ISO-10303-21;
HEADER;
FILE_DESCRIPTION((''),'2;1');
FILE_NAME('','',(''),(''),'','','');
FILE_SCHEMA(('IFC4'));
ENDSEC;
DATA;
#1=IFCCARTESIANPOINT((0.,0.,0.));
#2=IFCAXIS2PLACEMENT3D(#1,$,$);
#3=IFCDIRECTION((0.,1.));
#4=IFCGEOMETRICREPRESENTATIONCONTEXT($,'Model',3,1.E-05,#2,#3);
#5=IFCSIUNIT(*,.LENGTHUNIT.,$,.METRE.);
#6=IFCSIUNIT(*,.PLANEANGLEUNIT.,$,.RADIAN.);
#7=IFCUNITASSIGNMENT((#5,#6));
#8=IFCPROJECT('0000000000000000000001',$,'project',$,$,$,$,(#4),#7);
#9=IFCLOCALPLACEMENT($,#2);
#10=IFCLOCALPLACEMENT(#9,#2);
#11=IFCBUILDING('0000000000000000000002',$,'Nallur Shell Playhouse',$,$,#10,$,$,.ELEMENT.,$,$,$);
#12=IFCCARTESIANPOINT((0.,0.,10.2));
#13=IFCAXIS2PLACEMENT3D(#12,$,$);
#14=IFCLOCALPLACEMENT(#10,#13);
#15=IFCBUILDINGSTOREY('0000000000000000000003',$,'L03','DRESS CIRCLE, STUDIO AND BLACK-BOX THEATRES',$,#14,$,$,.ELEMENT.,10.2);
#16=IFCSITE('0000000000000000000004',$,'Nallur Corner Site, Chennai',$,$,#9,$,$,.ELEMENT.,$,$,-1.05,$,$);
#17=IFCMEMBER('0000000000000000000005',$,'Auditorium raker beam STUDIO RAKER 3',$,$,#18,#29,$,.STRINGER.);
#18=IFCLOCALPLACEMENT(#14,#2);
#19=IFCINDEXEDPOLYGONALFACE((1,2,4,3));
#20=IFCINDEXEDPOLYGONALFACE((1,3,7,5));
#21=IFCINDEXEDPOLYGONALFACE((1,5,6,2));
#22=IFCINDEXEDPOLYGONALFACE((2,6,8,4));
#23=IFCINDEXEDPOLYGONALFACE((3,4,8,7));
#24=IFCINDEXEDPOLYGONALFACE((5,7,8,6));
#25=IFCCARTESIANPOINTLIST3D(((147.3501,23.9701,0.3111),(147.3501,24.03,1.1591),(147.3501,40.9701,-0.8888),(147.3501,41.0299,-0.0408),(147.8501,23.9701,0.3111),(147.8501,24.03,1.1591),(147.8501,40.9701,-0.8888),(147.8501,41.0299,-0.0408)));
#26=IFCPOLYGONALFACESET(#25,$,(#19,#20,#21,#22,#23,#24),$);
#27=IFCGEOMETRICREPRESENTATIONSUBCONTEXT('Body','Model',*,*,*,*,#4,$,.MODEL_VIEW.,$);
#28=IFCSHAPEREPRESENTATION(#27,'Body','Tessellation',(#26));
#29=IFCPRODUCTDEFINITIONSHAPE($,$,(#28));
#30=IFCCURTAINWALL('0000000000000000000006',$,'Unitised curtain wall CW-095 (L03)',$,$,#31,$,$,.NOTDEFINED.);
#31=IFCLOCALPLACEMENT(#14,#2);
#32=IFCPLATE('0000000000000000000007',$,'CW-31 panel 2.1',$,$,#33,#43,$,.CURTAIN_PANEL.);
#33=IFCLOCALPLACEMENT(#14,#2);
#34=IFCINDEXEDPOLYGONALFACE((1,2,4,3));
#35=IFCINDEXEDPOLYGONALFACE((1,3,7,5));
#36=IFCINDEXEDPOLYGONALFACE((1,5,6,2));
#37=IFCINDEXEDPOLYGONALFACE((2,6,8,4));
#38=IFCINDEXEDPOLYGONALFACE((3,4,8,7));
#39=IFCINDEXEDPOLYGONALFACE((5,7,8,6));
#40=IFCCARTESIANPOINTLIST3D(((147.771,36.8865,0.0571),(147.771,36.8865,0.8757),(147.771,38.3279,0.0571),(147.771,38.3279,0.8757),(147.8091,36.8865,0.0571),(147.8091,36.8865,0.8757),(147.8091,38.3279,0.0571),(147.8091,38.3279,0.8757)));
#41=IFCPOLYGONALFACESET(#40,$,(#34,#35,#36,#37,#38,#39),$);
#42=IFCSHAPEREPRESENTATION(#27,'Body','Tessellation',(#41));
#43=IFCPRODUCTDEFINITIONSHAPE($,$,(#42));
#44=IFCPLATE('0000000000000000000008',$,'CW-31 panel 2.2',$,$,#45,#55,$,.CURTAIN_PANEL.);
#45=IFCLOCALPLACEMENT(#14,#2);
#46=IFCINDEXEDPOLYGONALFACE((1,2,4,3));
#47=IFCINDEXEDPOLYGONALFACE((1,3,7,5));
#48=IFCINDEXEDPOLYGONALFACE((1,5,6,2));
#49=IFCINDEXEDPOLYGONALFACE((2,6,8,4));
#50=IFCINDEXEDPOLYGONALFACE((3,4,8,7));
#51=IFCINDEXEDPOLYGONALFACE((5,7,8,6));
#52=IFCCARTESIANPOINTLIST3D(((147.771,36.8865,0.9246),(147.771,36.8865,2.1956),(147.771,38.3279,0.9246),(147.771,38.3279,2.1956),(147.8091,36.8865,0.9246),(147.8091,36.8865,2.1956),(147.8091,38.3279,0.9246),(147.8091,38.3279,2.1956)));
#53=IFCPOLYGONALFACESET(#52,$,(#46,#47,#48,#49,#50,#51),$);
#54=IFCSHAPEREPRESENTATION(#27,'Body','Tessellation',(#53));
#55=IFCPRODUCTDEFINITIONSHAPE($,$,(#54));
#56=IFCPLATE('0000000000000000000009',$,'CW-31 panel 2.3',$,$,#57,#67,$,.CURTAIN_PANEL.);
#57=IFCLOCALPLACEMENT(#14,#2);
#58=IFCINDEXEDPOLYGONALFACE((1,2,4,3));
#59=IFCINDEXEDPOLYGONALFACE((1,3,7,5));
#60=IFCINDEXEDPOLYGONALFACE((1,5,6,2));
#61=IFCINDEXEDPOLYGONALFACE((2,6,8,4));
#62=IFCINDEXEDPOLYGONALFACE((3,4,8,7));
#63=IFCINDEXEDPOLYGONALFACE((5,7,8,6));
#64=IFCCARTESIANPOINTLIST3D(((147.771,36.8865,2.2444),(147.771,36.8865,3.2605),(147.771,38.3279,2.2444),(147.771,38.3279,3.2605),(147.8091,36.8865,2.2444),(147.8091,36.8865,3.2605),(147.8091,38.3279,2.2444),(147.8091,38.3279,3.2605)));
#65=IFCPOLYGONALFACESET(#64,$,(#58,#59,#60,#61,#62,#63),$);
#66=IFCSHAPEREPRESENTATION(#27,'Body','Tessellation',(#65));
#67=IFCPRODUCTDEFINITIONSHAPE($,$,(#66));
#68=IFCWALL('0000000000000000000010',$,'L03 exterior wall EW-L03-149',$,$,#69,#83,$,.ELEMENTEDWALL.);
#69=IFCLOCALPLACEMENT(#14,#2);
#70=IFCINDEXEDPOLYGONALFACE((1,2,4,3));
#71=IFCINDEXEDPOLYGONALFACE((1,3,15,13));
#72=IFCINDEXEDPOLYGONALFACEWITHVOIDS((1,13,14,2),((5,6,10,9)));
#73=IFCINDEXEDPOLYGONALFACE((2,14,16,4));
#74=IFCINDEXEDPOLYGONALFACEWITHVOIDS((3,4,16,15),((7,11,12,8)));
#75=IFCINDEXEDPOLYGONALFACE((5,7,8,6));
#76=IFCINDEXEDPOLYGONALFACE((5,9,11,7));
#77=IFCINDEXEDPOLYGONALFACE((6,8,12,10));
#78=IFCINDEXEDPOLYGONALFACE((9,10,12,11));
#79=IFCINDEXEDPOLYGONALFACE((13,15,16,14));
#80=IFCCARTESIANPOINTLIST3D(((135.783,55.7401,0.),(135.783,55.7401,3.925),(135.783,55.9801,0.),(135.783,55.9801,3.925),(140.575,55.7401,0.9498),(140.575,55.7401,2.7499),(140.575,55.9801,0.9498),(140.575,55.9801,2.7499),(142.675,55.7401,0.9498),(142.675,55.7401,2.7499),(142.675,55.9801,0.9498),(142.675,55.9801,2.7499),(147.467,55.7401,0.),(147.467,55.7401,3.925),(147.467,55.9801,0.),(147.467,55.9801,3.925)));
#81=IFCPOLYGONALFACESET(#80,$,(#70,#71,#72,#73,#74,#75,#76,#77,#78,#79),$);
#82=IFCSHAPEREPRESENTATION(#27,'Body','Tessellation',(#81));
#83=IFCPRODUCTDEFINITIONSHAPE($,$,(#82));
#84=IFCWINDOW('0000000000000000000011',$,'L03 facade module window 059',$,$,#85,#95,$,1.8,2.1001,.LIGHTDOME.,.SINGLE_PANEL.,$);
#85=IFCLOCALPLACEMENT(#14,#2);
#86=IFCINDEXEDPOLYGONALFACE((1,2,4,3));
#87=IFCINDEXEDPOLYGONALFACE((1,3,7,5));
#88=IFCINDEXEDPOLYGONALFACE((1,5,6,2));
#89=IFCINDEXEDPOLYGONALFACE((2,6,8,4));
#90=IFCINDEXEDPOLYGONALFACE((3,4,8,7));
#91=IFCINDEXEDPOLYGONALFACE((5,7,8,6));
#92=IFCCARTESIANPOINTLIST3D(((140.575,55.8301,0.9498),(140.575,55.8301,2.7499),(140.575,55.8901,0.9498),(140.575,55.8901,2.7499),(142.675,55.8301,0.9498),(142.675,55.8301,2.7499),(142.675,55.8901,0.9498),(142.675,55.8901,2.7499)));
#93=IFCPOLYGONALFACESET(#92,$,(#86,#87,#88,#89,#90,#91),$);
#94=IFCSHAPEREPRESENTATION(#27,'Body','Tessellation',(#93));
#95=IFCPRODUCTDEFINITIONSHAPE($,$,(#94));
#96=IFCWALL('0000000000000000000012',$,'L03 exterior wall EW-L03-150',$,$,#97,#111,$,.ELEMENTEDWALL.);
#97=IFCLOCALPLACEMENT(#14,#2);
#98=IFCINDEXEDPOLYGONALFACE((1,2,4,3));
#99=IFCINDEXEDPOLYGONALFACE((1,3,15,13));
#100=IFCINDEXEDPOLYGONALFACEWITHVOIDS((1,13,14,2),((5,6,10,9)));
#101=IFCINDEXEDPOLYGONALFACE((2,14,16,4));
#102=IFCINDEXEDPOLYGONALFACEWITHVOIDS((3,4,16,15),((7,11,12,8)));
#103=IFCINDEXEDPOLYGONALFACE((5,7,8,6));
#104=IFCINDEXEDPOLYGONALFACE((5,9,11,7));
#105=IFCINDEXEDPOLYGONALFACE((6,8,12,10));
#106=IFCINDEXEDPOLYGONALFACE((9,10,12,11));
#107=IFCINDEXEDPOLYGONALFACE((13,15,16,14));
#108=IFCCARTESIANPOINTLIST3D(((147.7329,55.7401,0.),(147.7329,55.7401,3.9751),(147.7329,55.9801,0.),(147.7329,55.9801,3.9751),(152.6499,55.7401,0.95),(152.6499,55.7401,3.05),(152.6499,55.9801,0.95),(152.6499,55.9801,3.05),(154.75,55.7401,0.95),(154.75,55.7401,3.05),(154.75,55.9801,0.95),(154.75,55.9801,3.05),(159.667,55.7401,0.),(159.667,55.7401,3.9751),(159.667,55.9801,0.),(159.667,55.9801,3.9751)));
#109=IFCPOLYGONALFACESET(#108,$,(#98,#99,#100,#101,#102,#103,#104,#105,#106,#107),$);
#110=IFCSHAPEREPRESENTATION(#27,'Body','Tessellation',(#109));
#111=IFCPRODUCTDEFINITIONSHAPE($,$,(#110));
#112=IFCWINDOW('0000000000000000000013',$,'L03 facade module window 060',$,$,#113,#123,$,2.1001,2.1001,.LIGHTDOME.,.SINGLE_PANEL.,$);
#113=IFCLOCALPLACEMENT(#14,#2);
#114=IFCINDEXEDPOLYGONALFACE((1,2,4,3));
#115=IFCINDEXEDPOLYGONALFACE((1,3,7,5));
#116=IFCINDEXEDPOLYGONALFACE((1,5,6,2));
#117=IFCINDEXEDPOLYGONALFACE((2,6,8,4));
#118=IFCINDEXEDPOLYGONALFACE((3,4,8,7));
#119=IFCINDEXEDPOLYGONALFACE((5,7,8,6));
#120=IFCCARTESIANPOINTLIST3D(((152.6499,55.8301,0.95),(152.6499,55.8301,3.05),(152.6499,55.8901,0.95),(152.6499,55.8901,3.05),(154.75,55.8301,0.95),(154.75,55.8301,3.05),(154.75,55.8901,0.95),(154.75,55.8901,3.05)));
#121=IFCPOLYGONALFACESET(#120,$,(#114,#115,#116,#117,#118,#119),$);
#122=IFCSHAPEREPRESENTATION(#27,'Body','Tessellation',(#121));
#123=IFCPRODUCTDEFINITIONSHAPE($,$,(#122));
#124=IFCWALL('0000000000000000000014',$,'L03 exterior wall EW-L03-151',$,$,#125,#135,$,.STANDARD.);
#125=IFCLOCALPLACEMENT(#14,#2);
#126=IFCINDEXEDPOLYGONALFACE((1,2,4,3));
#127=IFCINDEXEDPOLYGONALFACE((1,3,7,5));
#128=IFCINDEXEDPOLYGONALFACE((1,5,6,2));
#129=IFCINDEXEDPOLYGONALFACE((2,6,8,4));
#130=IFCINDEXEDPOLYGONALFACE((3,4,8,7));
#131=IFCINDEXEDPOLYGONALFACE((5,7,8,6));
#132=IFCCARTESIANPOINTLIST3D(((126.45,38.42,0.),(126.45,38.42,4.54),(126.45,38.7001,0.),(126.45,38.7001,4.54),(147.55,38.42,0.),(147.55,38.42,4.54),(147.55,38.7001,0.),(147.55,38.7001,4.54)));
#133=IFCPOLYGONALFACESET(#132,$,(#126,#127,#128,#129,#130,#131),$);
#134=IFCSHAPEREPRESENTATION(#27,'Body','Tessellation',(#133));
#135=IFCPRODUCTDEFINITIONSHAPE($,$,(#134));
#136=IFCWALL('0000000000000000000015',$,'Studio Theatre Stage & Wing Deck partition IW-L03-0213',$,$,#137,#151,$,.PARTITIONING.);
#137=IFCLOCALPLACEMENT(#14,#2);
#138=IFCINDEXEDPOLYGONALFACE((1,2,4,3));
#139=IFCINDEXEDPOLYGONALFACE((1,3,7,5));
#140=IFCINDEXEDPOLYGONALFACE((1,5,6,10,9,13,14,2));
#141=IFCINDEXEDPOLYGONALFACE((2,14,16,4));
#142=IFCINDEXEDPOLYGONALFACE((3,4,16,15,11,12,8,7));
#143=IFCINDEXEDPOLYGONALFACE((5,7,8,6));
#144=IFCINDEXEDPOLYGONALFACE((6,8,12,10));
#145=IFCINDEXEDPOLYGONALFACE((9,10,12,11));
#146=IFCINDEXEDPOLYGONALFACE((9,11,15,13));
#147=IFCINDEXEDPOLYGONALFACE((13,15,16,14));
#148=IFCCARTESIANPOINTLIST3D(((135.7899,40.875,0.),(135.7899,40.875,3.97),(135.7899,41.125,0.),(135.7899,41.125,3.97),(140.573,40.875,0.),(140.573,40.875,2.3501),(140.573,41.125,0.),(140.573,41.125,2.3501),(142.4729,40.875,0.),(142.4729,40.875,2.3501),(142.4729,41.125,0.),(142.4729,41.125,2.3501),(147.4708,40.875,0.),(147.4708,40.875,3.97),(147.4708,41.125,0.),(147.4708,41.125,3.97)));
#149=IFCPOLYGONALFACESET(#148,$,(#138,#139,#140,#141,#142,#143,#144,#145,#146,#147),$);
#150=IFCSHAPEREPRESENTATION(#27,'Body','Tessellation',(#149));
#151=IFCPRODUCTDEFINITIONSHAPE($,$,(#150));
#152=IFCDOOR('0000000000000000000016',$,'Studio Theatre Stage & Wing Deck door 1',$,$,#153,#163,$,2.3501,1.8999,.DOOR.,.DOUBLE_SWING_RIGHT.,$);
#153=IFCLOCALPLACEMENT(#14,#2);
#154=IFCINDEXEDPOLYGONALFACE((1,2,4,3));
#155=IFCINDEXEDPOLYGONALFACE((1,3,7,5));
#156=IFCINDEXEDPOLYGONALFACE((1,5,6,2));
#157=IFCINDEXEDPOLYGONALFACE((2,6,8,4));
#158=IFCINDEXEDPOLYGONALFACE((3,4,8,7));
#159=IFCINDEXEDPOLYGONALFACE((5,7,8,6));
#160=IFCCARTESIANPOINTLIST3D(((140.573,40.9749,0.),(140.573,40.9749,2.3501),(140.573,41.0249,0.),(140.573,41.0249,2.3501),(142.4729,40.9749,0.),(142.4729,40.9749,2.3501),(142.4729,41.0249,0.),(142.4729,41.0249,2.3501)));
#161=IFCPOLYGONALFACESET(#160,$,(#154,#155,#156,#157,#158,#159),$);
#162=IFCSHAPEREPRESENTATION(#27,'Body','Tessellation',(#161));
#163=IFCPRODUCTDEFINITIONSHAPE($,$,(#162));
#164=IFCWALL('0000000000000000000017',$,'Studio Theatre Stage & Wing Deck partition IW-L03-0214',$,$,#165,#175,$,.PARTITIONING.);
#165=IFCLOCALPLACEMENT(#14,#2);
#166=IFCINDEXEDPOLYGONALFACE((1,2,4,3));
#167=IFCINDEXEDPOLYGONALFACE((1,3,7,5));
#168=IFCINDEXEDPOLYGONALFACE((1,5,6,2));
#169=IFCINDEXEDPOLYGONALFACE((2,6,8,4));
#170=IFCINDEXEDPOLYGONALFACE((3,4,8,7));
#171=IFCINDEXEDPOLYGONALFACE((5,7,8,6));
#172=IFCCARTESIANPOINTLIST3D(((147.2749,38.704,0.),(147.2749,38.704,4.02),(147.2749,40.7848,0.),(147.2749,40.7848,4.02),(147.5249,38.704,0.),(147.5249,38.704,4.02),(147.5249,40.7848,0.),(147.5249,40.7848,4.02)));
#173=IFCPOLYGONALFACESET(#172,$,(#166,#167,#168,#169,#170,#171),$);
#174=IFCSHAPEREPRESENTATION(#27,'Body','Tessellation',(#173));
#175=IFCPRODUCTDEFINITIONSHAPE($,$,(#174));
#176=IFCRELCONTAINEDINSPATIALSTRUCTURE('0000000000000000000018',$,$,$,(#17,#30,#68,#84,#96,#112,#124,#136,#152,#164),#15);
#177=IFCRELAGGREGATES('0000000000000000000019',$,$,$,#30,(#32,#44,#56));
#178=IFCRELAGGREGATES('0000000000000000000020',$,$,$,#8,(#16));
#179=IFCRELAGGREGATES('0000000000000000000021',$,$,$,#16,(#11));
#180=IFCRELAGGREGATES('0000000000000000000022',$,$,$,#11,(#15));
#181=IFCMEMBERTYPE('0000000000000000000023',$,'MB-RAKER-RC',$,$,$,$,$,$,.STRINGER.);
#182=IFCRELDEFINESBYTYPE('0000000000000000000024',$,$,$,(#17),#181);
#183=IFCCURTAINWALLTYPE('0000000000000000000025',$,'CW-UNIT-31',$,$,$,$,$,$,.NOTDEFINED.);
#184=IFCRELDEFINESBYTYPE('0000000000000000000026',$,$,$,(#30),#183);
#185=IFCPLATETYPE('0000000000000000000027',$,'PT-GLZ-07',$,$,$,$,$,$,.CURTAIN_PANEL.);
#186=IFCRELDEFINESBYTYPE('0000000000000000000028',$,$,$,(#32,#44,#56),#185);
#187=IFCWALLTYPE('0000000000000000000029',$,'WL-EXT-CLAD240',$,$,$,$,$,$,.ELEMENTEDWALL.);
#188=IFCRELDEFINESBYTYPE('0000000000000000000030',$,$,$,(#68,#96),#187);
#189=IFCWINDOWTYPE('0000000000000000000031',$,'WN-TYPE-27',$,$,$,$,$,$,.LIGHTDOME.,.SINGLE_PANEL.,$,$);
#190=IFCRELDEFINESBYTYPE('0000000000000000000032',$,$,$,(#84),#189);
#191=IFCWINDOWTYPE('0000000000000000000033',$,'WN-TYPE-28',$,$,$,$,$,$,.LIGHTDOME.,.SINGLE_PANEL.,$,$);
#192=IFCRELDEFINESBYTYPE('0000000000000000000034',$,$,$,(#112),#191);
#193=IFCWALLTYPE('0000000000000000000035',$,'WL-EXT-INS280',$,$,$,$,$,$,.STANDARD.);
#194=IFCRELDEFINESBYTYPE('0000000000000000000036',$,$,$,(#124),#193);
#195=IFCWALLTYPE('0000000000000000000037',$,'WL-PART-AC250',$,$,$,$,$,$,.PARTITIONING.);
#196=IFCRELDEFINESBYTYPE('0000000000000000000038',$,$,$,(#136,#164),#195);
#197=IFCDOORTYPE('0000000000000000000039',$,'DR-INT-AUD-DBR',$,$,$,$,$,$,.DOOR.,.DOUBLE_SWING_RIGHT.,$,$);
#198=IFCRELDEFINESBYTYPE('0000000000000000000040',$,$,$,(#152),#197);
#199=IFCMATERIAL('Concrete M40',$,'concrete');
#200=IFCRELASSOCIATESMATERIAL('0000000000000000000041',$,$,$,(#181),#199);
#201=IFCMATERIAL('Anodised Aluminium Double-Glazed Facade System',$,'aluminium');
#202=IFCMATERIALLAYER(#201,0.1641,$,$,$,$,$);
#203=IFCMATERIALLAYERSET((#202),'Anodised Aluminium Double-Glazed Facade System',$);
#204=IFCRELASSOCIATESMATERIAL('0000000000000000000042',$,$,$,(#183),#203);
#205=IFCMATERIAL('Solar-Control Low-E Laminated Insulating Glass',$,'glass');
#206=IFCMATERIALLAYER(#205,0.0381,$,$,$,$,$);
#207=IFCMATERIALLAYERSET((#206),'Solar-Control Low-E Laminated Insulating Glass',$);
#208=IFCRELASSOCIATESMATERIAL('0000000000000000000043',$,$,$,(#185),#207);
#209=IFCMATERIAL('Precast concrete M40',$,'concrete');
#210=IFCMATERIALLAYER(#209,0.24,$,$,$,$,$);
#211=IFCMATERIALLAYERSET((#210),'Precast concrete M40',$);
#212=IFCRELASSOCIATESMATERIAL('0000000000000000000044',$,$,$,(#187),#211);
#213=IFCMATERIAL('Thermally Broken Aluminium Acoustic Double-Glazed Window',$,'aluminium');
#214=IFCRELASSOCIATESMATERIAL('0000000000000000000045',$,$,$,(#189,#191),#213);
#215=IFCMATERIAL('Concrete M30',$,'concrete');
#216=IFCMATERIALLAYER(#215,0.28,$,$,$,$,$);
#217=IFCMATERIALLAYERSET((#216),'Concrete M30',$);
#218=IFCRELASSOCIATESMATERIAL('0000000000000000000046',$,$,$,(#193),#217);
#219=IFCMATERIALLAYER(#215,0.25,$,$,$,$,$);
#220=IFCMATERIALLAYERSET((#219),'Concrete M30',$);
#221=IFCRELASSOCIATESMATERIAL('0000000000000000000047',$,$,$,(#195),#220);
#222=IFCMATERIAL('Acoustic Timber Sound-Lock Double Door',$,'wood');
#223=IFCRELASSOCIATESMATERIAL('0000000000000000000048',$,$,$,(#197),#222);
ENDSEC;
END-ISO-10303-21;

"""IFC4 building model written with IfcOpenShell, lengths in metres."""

from ifc_helpers import new_model, si_unit, direction, frame, frame_2d, origin, origin_2d, place, context, subcontext, project, spatial, rectangle, extrude, material, layer, layer_set, material_profile, profile_set, type_object, element, fill, aggregate, save


model = new_model("IFC4")

# Units and contexts
model_context = context("Model", 3, precision=1e-05, world=origin(), true_north=direction((0.0, 1.0)))
body_context = subcontext(model_context, "Body", "Model", "MODEL_VIEW")
ifc_project = project(units=[si_unit("LENGTHUNIT", "METRE"), si_unit("PLANEANGLEUNIT", "RADIAN")], contexts=[model_context])

# Site, building, storey
site_placement = place(None, origin())
site = spatial("IfcSite", under=ifc_project, at=site_placement, Name="Nallur Corner Site, Chennai", CompositionType="ELEMENT", RefElevation=-1.05)
building_placement = place(site_placement, origin())
building = spatial("IfcBuilding", under=site, at=building_placement, Name="Nallur Shell Playhouse", CompositionType="ELEMENT")
storey_placement = place(building_placement, frame((0.0, 0.0, 10.2)))
storey = spatial("IfcBuildingStorey", under=building, at=storey_placement, Name="L03", Description="DRESS CIRCLE, STUDIO AND BLACK-BOX THEATRES", CompositionType="ELEMENT", Elevation=10.2)

# Member
ifc_material_1 = material(Name="Concrete M40", Category="concrete")
ifc_material_profile_1 = material_profile(ifc_material_1, rectangle(XDim=0.5, YDim=0.8501, at=origin_2d()), Name="RC 500x850")
ifc_profile_set_1 = profile_set([ifc_material_profile_1], Name="Concrete M40")
member_type = type_object("IfcMemberType", Name="MB-RAKER-RC", PredefinedType="STRINGER", material=ifc_profile_set_1)
member_placement = place(storey_placement, frame((147.6001, 41.0, -0.4648), z_axis=(0.0, -0.997518, 0.07041), x_axis=(1.0, 0.0, 0.0)))
element("IfcMember", 1, at=member_placement, inside=storey, type_object=member_type, Name="Auditorium raker beam STUDIO RAKER 3", PredefinedType="STRINGER", context=body_context, shape_type="SweptSolid", body=[
    extrude(rectangle(XDim=0.5, YDim=0.8501, at=origin_2d()), origin(), (0.0, 0.0, 1.0), 17.0422),
])

# Curtain wall, plates
ifc_material_2 = material(Name="Anodised Aluminium Double-Glazed Facade System", Category="aluminium")
ifc_layer_1 = layer(ifc_material_2, 0.1641)
ifc_layer_set_1 = layer_set([ifc_layer_1], Name="Anodised Aluminium Double-Glazed Facade System")
curtain_wall_type = type_object("IfcCurtainWallType", Name="CW-UNIT-31", PredefinedType="NOTDEFINED", material=ifc_layer_set_1)
curtain_wall_placement = place(storey_placement, origin())
curtain_wall = element("IfcCurtainWall", 2, at=curtain_wall_placement, inside=storey, type_object=curtain_wall_type, Name="Unitised curtain wall CW-095 (L03)", PredefinedType="NOTDEFINED")
ifc_material_3 = material(Name="Solar-Control Low-E Laminated Insulating Glass", Category="glass")
ifc_layer_2 = layer(ifc_material_3, 0.0381)
ifc_layer_set_2 = layer_set([ifc_layer_2], Name="Solar-Control Low-E Laminated Insulating Glass")
plate_type = type_object("IfcPlateType", Name="PT-GLZ-07", PredefinedType="CURTAIN_PANEL", material=ifc_layer_set_2)
plate_1_placement = place(storey_placement, frame((147.79, 37.6072, 0.0571), z_axis=(0.0, 0.0, 1.0), x_axis=(0.0, 1.0, 0.0)))
plate_1 = element("IfcPlate", 3, at=plate_1_placement, type_object=plate_type, Name="CW-31 panel 2.1", PredefinedType="CURTAIN_PANEL", context=body_context, shape_type="SweptSolid", body=[
    extrude(rectangle(XDim=1.4414, YDim=0.0381, at=origin_2d()), origin(), (0.0, 0.0, 1.0), 0.8186),
])
plate_2_placement = place(storey_placement, frame((147.79, 37.6072, 0.9246), z_axis=(0.0, 0.0, 1.0), x_axis=(0.0, 1.0, 0.0)))
plate_2 = element("IfcPlate", 4, at=plate_2_placement, type_object=plate_type, Name="CW-31 panel 2.2", PredefinedType="CURTAIN_PANEL", context=body_context, shape_type="SweptSolid", body=[
    extrude(rectangle(XDim=1.4414, YDim=0.0381, at=origin_2d()), origin(), (0.0, 0.0, 1.0), 1.271),
])
plate_3_placement = place(storey_placement, frame((147.79, 37.6072, 2.2444), z_axis=(0.0, 0.0, 1.0), x_axis=(0.0, 1.0, 0.0)))
plate_3 = element("IfcPlate", 5, at=plate_3_placement, type_object=plate_type, Name="CW-31 panel 2.3", PredefinedType="CURTAIN_PANEL", context=body_context, shape_type="SweptSolid", body=[
    extrude(rectangle(XDim=1.4414, YDim=0.0381, at=origin_2d()), origin(), (0.0, 0.0, 1.0), 1.0161),
])
aggregate(curtain_wall, [plate_1, plate_2, plate_3])

# Walls, openings, windows
ifc_material_4 = material(Name="Precast concrete M40", Category="concrete")
ifc_layer_3 = layer(ifc_material_4, 0.24)
ifc_layer_set_3 = layer_set([ifc_layer_3], Name="Precast concrete M40")
wall_type_1 = type_object("IfcWallType", Name="WL-EXT-CLAD240", PredefinedType="ELEMENTEDWALL", material=ifc_layer_set_3)
wall_1_placement = place(storey_placement, frame((135.783, 55.8601, 0.0), z_axis=(0.0, 0.0, 1.0), x_axis=(1.0, 0.0, 0.0)))
wall_1 = element("IfcWall", 6, at=wall_1_placement, inside=storey, type_object=wall_type_1, Name="L03 exterior wall EW-L03-149", PredefinedType="ELEMENTEDWALL", context=body_context, shape_type="SweptSolid", body=[
    extrude(rectangle(XDim=11.6841, YDim=0.24, at=frame_2d((5.842, 0.0))), origin(), (0.0, 0.0, 1.0), 3.925),
])
opening_1_placement = place(wall_1_placement, frame((4.792, 0.0, 0.95)))
opening_1 = element("IfcOpeningElement", 7, at=opening_1_placement, cuts=wall_1, PredefinedType="OPENING", context=body_context, shape_type="SweptSolid", body=[
    extrude(rectangle(XDim=2.1001, YDim=1.8, at=frame_2d((1.05, 0.8999))), frame((0.0, 0.1299, 0.0), z_axis=(0.0, -1.0, 0.0), x_axis=(1.0, 0.0, 0.0)), (0.0, 0.0, 1.0), 0.26),
])
ifc_material_5 = material(Name="Thermally Broken Aluminium Acoustic Double-Glazed Window", Category="aluminium")
window_type_1 = type_object("IfcWindowType", Name="WN-TYPE-27", PartitioningType="SINGLE_PANEL", PredefinedType="LIGHTDOME", material=ifc_material_5)
window_1_placement = place(opening_1_placement, origin())
window_1 = element("IfcWindow", 8, at=window_1_placement, inside=storey, type_object=window_type_1, Name="L03 facade module window 059", OverallHeight=1.8, OverallWidth=2.1001, PartitioningType="SINGLE_PANEL", PredefinedType="LIGHTDOME", context=body_context, shape_type="SweptSolid", body=[
    extrude(rectangle(XDim=2.1001, YDim=1.8, at=frame_2d((1.05, 0.8999))), frame((0.0, 0.03, 0.0), z_axis=(0.0, -1.0, 0.0), x_axis=(1.0, 0.0, 0.0)), (0.0, 0.0, 1.0), 0.0601),
])
fill(opening_1, window_1)
wall_2_placement = place(storey_placement, frame((147.7329, 55.8601, 0.0), z_axis=(0.0, 0.0, 1.0), x_axis=(1.0, 0.0, 0.0)))
wall_2 = element("IfcWall", 9, at=wall_2_placement, inside=storey, type_object=wall_type_1, Name="L03 exterior wall EW-L03-150", PredefinedType="ELEMENTEDWALL", context=body_context, shape_type="SweptSolid", body=[
    extrude(rectangle(XDim=11.9341, YDim=0.24, at=frame_2d((5.967, 0.0))), origin(), (0.0, 0.0, 1.0), 3.9751),
])
opening_2_placement = place(wall_2_placement, frame((4.917, 0.0, 0.95)))
opening_2 = element("IfcOpeningElement", 10, at=opening_2_placement, cuts=wall_2, PredefinedType="OPENING", context=body_context, shape_type="SweptSolid", body=[
    extrude(rectangle(XDim=2.1001, YDim=2.1001, at=frame_2d((1.05, 1.05))), frame((0.0, 0.1299, 0.0), z_axis=(0.0, -1.0, 0.0), x_axis=(1.0, 0.0, 0.0)), (0.0, 0.0, 1.0), 0.26),
])
window_type_2 = type_object("IfcWindowType", Name="WN-TYPE-28", PartitioningType="SINGLE_PANEL", PredefinedType="LIGHTDOME", material=ifc_material_5)
window_2_placement = place(opening_2_placement, origin())
window_2 = element("IfcWindow", 11, at=window_2_placement, inside=storey, type_object=window_type_2, Name="L03 facade module window 060", OverallHeight=2.1001, OverallWidth=2.1001, PartitioningType="SINGLE_PANEL", PredefinedType="LIGHTDOME", context=body_context, shape_type="SweptSolid", body=[
    extrude(rectangle(XDim=2.1001, YDim=2.1001, at=frame_2d((1.05, 1.05))), frame((0.0, 0.03, 0.0), z_axis=(0.0, -1.0, 0.0), x_axis=(1.0, 0.0, 0.0)), (0.0, 0.0, 1.0), 0.0601),
])
fill(opening_2, window_2)

# Wall
ifc_material_6 = material(Name="Concrete M30", Category="concrete")
ifc_layer_4 = layer(ifc_material_6, 0.28)
ifc_layer_set_4 = layer_set([ifc_layer_4], Name="Concrete M30")
wall_type_2 = type_object("IfcWallType", Name="WL-EXT-INS280", PredefinedType="STANDARD", material=ifc_layer_set_4)
wall_3_placement = place(storey_placement, frame((147.55, 38.5601, 0.0), z_axis=(0.0, 0.0, 1.0), x_axis=(-1.0, 0.0, 0.0)))
element("IfcWall", 12, at=wall_3_placement, inside=storey, type_object=wall_type_2, Name="L03 exterior wall EW-L03-151", PredefinedType="STANDARD", context=body_context, shape_type="SweptSolid", body=[
    extrude(rectangle(XDim=21.1001, YDim=0.28, at=frame_2d((10.55, 0.0))), origin(), (0.0, 0.0, 1.0), 4.54),
])

# Wall, opening, door
ifc_layer_5 = layer(ifc_material_6, 0.25)
ifc_layer_set_5 = layer_set([ifc_layer_5], Name="Concrete M30")
wall_type_3 = type_object("IfcWallType", Name="WL-PART-AC250", PredefinedType="PARTITIONING", material=ifc_layer_set_5)
wall_4_placement = place(storey_placement, frame((135.79, 41.0, 0.0), z_axis=(0.0, 0.0, 1.0), x_axis=(1.0, 0.0, 0.0)))
wall_4 = element("IfcWall", 13, at=wall_4_placement, inside=storey, type_object=wall_type_3, Name="Studio Theatre Stage & Wing Deck partition IW-L03-0213", PredefinedType="PARTITIONING", context=body_context, shape_type="SweptSolid", body=[
    extrude(rectangle(XDim=11.6809, YDim=0.25, at=frame_2d((5.8403, 0.0))), origin(), (0.0, 0.0, 1.0), 3.97),
])
opening_3_placement = place(wall_4_placement, frame((4.783, 0.0, 0.0)))
opening_3 = element("IfcOpeningElement", 14, at=opening_3_placement, cuts=wall_4, PredefinedType="OPENING", context=body_context, shape_type="SweptSolid", body=[
    extrude(rectangle(XDim=1.8999, YDim=2.3501, at=frame_2d((0.95, 1.175))), frame((0.0, 0.135, 0.0), z_axis=(0.0, -1.0, 0.0), x_axis=(1.0, 0.0, 0.0)), (0.0, 0.0, 1.0), 0.27),
])
ifc_material_7 = material(Name="Acoustic Timber Sound-Lock Double Door", Category="wood")
door_type_1 = type_object("IfcDoorType", Name="DR-INT-AUD-DBR", OperationType="DOUBLE_SWING_RIGHT", PredefinedType="DOOR", material=ifc_material_7)
door_1_placement = place(opening_3_placement, origin())
door_1 = element("IfcDoor", 15, at=door_1_placement, inside=storey, type_object=door_type_1, Name="Studio Theatre Stage & Wing Deck door 1", OperationType="DOUBLE_SWING_RIGHT", OverallHeight=2.3501, OverallWidth=1.8999, PredefinedType="DOOR", context=body_context, shape_type="SweptSolid", body=[
    extrude(rectangle(XDim=1.8999, YDim=2.3501, at=frame_2d((0.95, 1.175))), frame((0.0, 0.0249, 0.0), z_axis=(0.0, -1.0, 0.0), x_axis=(1.0, 0.0, 0.0)), (0.0, 0.0, 1.0), 0.05),
])
fill(opening_3, door_1)

# Wall
wall_5_placement = place(storey_placement, frame((147.3999, 40.7849, 0.0), z_axis=(0.0, 0.0, 1.0), x_axis=(0.0, -1.0, 0.0)))
element("IfcWall", 16, at=wall_5_placement, inside=storey, type_object=wall_type_3, Name="Studio Theatre Stage & Wing Deck partition IW-L03-0214", PredefinedType="PARTITIONING", context=body_context, shape_type="SweptSolid", body=[
    extrude(rectangle(XDim=2.0808, YDim=0.25, at=frame_2d((1.0405, 0.0))), origin(), (0.0, 0.0, 1.0), 4.02),
])

save(model, "model.ifc")
